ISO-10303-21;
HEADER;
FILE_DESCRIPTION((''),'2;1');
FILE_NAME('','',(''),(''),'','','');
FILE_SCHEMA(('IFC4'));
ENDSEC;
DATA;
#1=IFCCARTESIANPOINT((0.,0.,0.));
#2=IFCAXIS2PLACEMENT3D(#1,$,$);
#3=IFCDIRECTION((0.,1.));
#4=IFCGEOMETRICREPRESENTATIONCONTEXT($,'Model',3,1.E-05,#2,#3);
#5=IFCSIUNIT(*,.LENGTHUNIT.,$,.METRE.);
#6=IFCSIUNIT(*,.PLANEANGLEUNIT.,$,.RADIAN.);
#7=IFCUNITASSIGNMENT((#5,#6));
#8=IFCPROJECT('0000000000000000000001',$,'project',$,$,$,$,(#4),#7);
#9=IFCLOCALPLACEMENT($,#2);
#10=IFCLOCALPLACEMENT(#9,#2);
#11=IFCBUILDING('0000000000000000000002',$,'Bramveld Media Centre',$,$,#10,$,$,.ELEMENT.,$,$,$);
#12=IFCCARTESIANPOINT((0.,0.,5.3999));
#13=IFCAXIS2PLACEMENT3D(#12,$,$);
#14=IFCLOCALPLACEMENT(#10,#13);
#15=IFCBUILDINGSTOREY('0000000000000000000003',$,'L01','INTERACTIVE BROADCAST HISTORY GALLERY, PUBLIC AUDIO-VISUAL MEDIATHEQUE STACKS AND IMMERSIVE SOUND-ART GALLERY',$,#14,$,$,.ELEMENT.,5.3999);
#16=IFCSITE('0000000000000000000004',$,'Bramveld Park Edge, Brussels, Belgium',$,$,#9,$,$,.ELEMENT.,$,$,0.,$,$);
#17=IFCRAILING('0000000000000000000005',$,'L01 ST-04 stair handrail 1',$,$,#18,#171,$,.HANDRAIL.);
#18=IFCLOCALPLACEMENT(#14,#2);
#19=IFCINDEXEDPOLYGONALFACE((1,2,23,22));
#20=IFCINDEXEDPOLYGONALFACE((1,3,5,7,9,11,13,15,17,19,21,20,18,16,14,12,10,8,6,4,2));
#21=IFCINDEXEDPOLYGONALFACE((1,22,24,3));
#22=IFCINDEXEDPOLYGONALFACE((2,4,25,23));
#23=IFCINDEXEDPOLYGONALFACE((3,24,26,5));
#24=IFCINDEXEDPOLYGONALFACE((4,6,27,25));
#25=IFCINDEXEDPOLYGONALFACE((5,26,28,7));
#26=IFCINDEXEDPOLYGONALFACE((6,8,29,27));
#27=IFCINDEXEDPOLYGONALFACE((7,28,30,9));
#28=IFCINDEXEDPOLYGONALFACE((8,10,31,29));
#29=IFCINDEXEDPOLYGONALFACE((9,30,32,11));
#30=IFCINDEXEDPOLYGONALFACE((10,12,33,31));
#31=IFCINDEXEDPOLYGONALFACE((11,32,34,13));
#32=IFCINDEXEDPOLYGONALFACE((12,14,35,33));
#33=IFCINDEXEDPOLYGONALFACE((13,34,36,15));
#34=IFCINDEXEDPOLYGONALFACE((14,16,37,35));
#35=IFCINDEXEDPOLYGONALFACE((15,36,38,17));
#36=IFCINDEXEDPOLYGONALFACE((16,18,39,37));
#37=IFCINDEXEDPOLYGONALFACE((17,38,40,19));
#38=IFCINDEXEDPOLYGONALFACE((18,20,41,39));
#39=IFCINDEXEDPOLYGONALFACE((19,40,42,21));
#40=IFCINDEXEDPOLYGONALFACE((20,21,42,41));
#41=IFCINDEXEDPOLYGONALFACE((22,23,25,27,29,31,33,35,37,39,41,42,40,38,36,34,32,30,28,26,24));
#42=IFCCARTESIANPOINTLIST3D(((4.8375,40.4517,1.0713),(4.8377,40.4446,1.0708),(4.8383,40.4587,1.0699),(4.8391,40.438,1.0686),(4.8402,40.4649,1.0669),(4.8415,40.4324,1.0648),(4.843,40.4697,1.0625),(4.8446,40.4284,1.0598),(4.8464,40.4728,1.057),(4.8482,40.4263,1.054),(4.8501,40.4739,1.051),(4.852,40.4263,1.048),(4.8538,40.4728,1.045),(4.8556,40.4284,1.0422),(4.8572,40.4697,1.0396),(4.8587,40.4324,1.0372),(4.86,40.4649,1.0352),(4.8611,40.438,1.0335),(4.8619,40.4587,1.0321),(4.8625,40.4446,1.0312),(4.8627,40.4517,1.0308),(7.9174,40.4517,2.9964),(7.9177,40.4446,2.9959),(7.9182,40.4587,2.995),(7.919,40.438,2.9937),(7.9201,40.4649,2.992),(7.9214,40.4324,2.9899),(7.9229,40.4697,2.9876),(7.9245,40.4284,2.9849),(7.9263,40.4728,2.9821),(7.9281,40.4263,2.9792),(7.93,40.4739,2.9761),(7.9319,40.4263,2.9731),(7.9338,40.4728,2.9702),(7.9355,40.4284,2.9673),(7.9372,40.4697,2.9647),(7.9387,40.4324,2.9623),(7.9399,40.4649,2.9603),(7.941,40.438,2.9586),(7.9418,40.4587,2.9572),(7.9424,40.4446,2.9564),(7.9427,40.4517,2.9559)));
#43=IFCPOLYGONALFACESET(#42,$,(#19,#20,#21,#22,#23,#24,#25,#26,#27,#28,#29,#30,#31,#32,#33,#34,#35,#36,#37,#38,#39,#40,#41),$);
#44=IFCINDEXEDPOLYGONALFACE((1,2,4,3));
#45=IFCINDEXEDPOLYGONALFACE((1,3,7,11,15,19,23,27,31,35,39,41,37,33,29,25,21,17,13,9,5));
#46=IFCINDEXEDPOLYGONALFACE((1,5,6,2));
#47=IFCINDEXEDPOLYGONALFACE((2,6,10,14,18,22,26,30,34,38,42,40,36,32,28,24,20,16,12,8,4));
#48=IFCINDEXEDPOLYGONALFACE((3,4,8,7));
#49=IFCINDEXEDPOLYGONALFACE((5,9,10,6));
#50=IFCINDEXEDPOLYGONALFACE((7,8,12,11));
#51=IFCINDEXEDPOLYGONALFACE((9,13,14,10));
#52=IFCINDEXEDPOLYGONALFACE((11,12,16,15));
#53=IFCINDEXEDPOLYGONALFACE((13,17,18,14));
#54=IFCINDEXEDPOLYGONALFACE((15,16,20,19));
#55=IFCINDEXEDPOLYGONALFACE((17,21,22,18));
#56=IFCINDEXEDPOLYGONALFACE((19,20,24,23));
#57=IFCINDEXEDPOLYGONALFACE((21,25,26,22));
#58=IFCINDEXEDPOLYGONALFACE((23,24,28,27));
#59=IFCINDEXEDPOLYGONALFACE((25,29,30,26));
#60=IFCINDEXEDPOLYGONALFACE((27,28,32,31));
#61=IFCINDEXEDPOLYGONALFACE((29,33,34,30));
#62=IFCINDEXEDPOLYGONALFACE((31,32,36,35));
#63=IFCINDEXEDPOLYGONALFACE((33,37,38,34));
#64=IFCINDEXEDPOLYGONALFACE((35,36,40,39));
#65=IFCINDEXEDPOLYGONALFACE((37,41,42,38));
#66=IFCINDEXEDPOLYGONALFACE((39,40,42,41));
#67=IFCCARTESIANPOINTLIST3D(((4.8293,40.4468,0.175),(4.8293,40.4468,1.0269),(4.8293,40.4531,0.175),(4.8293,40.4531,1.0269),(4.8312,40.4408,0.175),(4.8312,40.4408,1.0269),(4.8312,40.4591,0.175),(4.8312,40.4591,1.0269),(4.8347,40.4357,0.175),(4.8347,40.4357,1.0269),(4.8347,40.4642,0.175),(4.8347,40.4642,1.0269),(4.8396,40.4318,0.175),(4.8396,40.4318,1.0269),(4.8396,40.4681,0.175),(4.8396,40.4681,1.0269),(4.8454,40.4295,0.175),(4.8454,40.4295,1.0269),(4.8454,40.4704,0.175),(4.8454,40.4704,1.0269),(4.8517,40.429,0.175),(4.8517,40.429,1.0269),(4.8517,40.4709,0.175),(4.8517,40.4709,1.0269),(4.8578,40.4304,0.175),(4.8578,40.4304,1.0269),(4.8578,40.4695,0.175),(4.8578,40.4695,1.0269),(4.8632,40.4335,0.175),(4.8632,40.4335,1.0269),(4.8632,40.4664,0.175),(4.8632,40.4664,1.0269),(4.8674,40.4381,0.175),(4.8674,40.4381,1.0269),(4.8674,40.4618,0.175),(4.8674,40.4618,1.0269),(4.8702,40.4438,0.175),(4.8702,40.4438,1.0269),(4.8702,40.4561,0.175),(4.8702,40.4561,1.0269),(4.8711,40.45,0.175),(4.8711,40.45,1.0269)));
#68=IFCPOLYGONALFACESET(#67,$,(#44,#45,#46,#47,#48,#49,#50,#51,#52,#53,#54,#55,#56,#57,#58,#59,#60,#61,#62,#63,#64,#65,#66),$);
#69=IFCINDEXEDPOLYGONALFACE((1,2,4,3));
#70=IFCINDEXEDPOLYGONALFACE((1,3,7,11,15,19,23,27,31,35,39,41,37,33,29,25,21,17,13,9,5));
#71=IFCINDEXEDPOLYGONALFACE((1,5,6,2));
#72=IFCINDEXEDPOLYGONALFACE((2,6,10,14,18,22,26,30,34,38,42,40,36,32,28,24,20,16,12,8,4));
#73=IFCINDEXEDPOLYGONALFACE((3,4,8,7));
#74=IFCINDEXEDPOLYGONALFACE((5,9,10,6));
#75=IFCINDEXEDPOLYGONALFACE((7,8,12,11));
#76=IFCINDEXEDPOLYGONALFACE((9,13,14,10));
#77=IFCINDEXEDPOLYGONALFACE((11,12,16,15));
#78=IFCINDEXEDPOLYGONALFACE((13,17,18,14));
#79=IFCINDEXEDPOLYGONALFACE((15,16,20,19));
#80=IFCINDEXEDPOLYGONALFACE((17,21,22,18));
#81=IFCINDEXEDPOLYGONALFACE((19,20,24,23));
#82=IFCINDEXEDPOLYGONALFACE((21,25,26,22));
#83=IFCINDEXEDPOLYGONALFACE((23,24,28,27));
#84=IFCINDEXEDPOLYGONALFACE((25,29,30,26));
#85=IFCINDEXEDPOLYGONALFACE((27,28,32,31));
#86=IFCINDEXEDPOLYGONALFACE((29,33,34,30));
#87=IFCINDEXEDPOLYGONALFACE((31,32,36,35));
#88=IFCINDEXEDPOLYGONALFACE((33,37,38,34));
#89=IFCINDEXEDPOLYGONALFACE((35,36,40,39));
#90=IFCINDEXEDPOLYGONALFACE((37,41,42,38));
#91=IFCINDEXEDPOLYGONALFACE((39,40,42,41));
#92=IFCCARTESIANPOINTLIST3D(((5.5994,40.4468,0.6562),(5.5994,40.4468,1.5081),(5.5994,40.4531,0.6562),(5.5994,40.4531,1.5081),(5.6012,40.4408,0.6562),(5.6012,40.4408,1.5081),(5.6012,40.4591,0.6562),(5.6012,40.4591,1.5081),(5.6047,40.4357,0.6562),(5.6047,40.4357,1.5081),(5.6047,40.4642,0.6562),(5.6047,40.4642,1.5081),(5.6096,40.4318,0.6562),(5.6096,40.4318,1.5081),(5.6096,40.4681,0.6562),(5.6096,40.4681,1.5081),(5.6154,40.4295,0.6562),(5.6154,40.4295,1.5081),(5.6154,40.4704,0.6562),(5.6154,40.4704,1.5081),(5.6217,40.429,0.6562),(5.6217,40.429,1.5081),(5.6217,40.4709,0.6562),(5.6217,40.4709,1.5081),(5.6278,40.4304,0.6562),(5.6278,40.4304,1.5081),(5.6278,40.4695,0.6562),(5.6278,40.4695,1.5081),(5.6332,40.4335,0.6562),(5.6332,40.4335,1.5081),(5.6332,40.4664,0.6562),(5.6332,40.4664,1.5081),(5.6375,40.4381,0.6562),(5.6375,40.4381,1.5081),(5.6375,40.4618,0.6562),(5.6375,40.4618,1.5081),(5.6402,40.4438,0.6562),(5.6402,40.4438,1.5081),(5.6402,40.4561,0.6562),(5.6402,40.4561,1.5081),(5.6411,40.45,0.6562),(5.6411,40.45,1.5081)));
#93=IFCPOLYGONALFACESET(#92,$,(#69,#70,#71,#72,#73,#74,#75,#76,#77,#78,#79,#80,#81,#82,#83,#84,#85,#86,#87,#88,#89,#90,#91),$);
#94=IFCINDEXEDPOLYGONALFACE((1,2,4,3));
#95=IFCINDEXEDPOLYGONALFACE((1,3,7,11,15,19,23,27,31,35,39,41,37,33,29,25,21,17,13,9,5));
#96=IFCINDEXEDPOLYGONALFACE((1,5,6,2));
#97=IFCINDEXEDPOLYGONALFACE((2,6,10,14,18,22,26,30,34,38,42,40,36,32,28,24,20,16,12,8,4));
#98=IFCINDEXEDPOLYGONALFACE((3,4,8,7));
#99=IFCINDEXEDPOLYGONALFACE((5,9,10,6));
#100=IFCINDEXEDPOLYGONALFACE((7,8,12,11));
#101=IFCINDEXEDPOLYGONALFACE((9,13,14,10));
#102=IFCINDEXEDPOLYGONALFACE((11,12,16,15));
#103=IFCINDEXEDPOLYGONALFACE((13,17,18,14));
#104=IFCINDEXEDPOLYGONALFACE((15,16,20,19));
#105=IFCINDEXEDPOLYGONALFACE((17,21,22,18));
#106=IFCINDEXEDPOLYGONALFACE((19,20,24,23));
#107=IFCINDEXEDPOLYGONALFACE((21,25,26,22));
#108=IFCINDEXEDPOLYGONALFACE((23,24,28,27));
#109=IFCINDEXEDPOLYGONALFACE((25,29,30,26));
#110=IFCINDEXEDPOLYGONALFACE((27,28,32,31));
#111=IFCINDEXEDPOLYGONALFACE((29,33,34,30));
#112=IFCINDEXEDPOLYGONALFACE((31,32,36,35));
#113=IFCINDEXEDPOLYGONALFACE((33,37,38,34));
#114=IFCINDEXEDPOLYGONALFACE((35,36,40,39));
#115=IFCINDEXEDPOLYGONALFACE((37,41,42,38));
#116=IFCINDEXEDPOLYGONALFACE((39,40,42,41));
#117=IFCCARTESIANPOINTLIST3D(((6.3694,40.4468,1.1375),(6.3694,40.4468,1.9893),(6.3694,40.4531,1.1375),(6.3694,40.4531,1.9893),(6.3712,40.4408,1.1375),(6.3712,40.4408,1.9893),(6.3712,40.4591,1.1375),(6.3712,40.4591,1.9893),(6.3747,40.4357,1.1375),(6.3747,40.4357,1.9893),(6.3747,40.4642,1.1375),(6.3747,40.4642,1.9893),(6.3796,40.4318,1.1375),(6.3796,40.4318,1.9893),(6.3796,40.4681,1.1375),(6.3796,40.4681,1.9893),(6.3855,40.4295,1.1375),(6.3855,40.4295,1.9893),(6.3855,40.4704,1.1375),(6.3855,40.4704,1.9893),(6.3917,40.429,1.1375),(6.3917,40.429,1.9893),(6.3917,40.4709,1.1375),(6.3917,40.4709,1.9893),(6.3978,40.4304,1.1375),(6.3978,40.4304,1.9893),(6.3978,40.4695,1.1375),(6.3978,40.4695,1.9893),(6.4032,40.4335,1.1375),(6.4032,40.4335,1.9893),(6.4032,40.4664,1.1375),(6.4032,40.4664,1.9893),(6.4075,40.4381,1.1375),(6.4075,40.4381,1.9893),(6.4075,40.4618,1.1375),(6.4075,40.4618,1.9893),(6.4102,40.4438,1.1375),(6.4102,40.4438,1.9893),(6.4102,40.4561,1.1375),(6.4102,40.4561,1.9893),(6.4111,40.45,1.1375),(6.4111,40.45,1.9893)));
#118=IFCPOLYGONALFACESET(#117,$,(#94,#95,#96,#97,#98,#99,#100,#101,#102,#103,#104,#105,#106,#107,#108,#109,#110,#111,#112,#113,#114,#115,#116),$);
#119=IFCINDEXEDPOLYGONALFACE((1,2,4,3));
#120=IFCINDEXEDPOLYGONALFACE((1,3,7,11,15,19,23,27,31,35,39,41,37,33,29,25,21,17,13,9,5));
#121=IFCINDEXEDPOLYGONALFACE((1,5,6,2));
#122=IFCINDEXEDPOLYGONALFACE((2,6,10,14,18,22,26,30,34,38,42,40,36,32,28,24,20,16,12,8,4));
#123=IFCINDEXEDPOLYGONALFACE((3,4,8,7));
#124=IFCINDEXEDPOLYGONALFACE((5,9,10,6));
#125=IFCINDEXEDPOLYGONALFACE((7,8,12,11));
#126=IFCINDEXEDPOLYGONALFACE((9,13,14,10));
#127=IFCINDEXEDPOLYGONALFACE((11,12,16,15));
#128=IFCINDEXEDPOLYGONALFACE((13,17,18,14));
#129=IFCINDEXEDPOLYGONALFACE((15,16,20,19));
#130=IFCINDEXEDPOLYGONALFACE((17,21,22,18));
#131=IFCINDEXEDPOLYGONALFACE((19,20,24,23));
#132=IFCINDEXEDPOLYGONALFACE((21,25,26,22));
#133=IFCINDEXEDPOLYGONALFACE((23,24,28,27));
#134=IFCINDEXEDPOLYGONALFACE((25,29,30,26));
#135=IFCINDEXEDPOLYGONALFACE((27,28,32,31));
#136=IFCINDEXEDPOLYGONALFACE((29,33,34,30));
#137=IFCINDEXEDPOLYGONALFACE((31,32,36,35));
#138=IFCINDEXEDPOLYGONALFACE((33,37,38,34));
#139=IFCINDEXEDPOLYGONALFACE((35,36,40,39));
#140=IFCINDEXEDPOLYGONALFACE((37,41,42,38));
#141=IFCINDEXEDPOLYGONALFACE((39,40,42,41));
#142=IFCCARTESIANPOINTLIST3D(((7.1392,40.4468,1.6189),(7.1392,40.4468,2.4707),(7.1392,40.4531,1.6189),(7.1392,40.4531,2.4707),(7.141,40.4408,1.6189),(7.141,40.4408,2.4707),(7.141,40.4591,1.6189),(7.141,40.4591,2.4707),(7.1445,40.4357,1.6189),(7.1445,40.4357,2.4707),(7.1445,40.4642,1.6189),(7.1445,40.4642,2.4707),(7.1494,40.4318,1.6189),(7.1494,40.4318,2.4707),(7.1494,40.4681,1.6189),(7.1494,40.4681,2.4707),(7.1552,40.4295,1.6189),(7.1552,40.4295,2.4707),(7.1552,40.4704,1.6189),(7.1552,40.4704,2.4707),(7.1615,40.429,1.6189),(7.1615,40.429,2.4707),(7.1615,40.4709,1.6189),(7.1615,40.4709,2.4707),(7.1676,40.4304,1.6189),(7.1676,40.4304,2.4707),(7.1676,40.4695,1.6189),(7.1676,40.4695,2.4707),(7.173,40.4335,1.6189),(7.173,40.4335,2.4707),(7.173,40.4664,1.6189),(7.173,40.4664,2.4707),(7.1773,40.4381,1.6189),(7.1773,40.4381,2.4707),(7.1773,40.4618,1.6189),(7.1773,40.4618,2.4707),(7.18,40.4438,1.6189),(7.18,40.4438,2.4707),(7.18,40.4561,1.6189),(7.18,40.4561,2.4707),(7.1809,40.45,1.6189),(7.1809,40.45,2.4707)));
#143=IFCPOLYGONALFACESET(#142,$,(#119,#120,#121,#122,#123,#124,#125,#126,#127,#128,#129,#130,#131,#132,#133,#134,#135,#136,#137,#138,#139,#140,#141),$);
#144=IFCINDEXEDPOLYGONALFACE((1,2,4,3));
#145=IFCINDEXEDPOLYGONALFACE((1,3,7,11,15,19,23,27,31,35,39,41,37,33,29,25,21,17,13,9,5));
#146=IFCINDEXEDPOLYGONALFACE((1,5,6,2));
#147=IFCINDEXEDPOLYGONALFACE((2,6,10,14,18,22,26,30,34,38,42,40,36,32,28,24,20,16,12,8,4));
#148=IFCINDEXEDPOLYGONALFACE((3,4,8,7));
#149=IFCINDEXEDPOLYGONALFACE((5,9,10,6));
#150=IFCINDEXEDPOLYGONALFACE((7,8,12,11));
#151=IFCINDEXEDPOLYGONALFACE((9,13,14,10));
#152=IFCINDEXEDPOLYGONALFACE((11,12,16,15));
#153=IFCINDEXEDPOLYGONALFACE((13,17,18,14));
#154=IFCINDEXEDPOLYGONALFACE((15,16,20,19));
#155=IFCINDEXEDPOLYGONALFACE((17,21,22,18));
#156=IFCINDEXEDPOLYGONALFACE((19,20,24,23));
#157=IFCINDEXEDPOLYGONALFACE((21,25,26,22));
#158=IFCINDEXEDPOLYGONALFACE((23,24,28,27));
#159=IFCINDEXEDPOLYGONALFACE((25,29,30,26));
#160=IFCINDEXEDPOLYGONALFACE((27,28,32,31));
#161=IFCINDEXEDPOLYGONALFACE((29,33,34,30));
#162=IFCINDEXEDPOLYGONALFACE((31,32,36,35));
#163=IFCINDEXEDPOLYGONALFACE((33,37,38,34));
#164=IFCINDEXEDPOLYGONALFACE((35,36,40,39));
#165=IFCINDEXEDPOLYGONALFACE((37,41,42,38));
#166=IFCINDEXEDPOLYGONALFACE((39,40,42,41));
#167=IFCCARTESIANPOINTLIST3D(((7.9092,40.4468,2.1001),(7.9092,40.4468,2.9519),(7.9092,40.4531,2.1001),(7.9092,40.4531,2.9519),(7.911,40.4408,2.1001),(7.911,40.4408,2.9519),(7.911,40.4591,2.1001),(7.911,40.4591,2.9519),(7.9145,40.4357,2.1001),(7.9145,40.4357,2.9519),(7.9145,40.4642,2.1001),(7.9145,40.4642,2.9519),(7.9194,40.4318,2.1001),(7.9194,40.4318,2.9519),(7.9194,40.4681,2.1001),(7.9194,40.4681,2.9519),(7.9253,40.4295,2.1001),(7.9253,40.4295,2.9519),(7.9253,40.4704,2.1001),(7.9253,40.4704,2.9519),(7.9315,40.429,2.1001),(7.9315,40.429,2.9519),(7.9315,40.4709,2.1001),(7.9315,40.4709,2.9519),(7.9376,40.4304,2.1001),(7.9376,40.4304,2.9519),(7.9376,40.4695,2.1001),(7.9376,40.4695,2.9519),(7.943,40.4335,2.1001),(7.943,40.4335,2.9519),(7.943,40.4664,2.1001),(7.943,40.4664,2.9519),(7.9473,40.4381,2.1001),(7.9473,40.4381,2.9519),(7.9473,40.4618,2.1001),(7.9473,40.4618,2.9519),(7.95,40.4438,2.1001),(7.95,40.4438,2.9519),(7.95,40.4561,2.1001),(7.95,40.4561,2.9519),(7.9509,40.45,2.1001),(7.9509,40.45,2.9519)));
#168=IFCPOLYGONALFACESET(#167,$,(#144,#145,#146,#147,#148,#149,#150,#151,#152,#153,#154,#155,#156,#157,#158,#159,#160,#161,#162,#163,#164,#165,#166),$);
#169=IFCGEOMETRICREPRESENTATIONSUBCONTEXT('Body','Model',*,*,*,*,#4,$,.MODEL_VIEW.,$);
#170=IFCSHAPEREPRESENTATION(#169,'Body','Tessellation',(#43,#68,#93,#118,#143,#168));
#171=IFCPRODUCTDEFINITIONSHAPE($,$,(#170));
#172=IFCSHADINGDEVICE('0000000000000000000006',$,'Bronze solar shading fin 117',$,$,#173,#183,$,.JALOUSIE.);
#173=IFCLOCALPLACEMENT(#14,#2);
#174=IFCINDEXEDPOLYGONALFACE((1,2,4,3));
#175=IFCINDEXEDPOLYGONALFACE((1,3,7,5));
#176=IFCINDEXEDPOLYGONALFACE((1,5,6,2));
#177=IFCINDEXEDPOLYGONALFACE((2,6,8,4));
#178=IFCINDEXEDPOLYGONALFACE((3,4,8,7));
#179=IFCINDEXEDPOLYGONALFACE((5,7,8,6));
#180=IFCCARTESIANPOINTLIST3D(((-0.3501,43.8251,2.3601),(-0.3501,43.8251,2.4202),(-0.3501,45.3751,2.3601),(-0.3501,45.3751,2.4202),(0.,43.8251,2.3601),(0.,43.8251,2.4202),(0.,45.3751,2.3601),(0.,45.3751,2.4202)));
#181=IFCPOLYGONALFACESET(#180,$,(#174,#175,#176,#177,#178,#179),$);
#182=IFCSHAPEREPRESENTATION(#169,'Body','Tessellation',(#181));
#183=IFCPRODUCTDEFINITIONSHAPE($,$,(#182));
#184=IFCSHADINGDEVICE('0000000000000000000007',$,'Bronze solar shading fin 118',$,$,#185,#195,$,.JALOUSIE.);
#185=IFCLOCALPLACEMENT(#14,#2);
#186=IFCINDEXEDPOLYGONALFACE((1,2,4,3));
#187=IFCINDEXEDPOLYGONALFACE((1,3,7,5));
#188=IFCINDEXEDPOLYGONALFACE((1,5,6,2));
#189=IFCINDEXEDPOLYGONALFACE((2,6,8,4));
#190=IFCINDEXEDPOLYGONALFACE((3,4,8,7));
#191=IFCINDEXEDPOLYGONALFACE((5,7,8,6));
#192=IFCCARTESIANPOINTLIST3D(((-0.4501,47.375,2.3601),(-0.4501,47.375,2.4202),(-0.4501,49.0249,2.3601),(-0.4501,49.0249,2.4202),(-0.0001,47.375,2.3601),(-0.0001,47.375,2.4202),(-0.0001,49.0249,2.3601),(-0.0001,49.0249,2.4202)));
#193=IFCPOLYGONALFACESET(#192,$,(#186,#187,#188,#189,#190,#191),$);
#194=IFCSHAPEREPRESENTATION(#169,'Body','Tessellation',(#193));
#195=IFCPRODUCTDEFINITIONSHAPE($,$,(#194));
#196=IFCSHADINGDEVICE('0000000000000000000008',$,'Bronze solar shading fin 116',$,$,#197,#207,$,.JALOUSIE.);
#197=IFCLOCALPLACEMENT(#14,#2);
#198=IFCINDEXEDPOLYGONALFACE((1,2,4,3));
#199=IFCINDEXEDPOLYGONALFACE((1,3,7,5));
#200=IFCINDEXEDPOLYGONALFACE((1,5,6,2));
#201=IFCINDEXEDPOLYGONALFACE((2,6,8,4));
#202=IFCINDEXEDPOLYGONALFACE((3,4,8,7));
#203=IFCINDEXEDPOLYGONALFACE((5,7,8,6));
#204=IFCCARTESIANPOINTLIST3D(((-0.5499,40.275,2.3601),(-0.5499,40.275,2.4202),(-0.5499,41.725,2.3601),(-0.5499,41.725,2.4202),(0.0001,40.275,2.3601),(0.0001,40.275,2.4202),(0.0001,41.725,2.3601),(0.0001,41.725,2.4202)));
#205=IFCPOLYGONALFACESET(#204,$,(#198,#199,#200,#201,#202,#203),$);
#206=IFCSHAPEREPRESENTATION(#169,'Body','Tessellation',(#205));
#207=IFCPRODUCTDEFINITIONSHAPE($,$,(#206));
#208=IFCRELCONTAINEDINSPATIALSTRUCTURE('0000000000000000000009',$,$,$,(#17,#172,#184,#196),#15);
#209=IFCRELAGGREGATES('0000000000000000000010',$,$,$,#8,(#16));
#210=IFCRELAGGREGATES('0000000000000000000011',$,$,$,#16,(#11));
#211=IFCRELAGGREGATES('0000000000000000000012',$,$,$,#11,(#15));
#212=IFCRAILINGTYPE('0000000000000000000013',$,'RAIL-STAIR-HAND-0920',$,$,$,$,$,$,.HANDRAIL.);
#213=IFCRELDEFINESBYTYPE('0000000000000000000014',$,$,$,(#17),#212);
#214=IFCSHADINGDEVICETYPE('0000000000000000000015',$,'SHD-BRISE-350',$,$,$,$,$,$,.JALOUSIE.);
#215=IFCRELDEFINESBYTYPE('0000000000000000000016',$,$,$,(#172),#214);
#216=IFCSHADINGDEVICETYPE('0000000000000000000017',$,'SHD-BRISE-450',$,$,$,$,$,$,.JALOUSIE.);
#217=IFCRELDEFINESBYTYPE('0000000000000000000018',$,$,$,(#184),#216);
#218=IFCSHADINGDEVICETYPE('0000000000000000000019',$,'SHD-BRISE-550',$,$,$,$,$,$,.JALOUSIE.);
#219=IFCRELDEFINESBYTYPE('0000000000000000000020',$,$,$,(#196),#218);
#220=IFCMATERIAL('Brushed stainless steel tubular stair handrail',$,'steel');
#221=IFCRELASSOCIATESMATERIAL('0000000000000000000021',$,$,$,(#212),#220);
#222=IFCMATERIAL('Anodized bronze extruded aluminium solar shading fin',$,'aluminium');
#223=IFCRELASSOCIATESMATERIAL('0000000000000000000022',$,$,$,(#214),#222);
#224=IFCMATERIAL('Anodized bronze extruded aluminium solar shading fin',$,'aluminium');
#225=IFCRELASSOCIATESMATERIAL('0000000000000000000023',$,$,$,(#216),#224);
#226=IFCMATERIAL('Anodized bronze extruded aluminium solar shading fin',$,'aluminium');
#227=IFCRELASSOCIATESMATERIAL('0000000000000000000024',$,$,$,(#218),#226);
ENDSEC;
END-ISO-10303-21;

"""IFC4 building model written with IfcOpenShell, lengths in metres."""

from ifc_helpers import new_model, si_unit, direction, frame, origin, origin_2d, place, context, subcontext, project, spatial, rectangle, circle, extrude, material, type_object, element, save


model = new_model("IFC4")

# Units and contexts
model_context = context("Model", 3, precision=1e-05, world=origin(), true_north=direction((0.0, 1.0)))
body_context = subcontext(model_context, "Body", "Model", "MODEL_VIEW")
ifc_project = project(units=[si_unit("LENGTHUNIT", "METRE"), si_unit("PLANEANGLEUNIT", "RADIAN")], contexts=[model_context])

# Site, building, storey
site_placement = place(None, origin())
site = spatial("IfcSite", under=ifc_project, at=site_placement, Name="Bramveld Park Edge, Brussels, Belgium", CompositionType="ELEMENT", RefElevation=0.0)
building_placement = place(site_placement, origin())
building = spatial("IfcBuilding", under=site, at=building_placement, Name="Bramveld Media Centre", CompositionType="ELEMENT")
storey_placement = place(building_placement, frame((0.0, 0.0, 5.3999)))
storey = spatial("IfcBuildingStorey", under=building, at=storey_placement, Name="L01", Description="INTERACTIVE BROADCAST HISTORY GALLERY, PUBLIC AUDIO-VISUAL MEDIATHEQUE STACKS AND IMMERSIVE SOUND-ART GALLERY", CompositionType="ELEMENT", Elevation=5.3999)

# Railing
ifc_material_1 = material(Name="Brushed stainless steel tubular stair handrail", Category="steel")
railing_type_1 = type_object("IfcRailingType", Name="RAIL-STAIR-HAND-0920", PredefinedType="HANDRAIL", material=ifc_material_1)
railing_1_placement = place(storey_placement, frame((4.8501, 40.45, 0.175)))
element("IfcRailing", 1, at=railing_1_placement, inside=storey, type_object=railing_type_1, Name="L01 ST-04 stair handrail 1", PredefinedType="HANDRAIL", context=body_context, shape_type="SweptSolid", body=[
    extrude(circle(Radius=0.0239, at=origin_2d()), frame((0.0, 0.0, 0.876), z_axis=(0.847979, 0.0, 0.530029), x_axis=(0.0, 1.0, 0.0)), (0.0, 0.0, 1.0), 3.6321),
    extrude(circle(Radius=0.021, at=origin_2d()), origin(), (0.0, 0.0, 1.0), 0.8518),
    extrude(circle(Radius=0.021, at=origin_2d()), frame((0.77, 0.0, 0.4812)), (0.0, 0.0, 1.0), 0.8518),
    extrude(circle(Radius=0.021, at=origin_2d()), frame((1.54, 0.0, 0.9624)), (0.0, 0.0, 1.0), 0.8518),
    extrude(circle(Radius=0.021, at=origin_2d()), frame((2.3098, 0.0, 1.4438)), (0.0, 0.0, 1.0), 0.8518),
    extrude(circle(Radius=0.021, at=origin_2d()), frame((3.0798, 0.0, 1.925)), (0.0, 0.0, 1.0), 0.8518),
])

# Shading devices
ifc_material_2 = material(Name="Anodized bronze extruded aluminium solar shading fin", Category="aluminium")
shading_device_type_1 = type_object("IfcShadingDeviceType", Name="SHD-BRISE-350", PredefinedType="JALOUSIE", material=ifc_material_2)
shading_device_1_placement = place(storey_placement, frame((-0.175, 44.6001, 2.3601), z_axis=(0.0, 0.0, 1.0), x_axis=(1.0, 0.0, 0.0)))
element("IfcShadingDevice", 2, at=shading_device_1_placement, inside=storey, type_object=shading_device_type_1, Name="Bronze solar shading fin 117", PredefinedType="JALOUSIE", context=body_context, shape_type="SweptSolid", body=[
    extrude(rectangle(XDim=0.3501, YDim=1.55, at=origin_2d()), origin(), (0.0, 0.0, 1.0), 0.0601),
])
ifc_material_3 = material(Name="Anodized bronze extruded aluminium solar shading fin", Category="aluminium")
shading_device_type_2 = type_object("IfcShadingDeviceType", Name="SHD-BRISE-450", PredefinedType="JALOUSIE", material=ifc_material_3)
shading_device_2_placement = place(storey_placement, frame((-0.2251, 48.2, 2.3601), z_axis=(0.0, 0.0, 1.0), x_axis=(1.0, 0.0, 0.0)))
element("IfcShadingDevice", 3, at=shading_device_2_placement, inside=storey, type_object=shading_device_type_2, Name="Bronze solar shading fin 118", PredefinedType="JALOUSIE", context=body_context, shape_type="SweptSolid", body=[
    extrude(rectangle(XDim=0.45, YDim=1.6499, at=origin_2d()), origin(), (0.0, 0.0, 1.0), 0.0601),
])
ifc_material_4 = material(Name="Anodized bronze extruded aluminium solar shading fin", Category="aluminium")
shading_device_type_3 = type_object("IfcShadingDeviceType", Name="SHD-BRISE-550", PredefinedType="JALOUSIE", material=ifc_material_4)
shading_device_3_placement = place(storey_placement, frame((-0.2749, 41.0, 2.3601), z_axis=(0.0, 0.0, 1.0), x_axis=(1.0, 0.0, 0.0)))
element("IfcShadingDevice", 4, at=shading_device_3_placement, inside=storey, type_object=shading_device_type_3, Name="Bronze solar shading fin 116", PredefinedType="JALOUSIE", context=body_context, shape_type="SweptSolid", body=[
    extrude(rectangle(XDim=0.55, YDim=1.45, at=origin_2d()), origin(), (0.0, 0.0, 1.0), 0.0601),
])

save(model, "model.ifc")
